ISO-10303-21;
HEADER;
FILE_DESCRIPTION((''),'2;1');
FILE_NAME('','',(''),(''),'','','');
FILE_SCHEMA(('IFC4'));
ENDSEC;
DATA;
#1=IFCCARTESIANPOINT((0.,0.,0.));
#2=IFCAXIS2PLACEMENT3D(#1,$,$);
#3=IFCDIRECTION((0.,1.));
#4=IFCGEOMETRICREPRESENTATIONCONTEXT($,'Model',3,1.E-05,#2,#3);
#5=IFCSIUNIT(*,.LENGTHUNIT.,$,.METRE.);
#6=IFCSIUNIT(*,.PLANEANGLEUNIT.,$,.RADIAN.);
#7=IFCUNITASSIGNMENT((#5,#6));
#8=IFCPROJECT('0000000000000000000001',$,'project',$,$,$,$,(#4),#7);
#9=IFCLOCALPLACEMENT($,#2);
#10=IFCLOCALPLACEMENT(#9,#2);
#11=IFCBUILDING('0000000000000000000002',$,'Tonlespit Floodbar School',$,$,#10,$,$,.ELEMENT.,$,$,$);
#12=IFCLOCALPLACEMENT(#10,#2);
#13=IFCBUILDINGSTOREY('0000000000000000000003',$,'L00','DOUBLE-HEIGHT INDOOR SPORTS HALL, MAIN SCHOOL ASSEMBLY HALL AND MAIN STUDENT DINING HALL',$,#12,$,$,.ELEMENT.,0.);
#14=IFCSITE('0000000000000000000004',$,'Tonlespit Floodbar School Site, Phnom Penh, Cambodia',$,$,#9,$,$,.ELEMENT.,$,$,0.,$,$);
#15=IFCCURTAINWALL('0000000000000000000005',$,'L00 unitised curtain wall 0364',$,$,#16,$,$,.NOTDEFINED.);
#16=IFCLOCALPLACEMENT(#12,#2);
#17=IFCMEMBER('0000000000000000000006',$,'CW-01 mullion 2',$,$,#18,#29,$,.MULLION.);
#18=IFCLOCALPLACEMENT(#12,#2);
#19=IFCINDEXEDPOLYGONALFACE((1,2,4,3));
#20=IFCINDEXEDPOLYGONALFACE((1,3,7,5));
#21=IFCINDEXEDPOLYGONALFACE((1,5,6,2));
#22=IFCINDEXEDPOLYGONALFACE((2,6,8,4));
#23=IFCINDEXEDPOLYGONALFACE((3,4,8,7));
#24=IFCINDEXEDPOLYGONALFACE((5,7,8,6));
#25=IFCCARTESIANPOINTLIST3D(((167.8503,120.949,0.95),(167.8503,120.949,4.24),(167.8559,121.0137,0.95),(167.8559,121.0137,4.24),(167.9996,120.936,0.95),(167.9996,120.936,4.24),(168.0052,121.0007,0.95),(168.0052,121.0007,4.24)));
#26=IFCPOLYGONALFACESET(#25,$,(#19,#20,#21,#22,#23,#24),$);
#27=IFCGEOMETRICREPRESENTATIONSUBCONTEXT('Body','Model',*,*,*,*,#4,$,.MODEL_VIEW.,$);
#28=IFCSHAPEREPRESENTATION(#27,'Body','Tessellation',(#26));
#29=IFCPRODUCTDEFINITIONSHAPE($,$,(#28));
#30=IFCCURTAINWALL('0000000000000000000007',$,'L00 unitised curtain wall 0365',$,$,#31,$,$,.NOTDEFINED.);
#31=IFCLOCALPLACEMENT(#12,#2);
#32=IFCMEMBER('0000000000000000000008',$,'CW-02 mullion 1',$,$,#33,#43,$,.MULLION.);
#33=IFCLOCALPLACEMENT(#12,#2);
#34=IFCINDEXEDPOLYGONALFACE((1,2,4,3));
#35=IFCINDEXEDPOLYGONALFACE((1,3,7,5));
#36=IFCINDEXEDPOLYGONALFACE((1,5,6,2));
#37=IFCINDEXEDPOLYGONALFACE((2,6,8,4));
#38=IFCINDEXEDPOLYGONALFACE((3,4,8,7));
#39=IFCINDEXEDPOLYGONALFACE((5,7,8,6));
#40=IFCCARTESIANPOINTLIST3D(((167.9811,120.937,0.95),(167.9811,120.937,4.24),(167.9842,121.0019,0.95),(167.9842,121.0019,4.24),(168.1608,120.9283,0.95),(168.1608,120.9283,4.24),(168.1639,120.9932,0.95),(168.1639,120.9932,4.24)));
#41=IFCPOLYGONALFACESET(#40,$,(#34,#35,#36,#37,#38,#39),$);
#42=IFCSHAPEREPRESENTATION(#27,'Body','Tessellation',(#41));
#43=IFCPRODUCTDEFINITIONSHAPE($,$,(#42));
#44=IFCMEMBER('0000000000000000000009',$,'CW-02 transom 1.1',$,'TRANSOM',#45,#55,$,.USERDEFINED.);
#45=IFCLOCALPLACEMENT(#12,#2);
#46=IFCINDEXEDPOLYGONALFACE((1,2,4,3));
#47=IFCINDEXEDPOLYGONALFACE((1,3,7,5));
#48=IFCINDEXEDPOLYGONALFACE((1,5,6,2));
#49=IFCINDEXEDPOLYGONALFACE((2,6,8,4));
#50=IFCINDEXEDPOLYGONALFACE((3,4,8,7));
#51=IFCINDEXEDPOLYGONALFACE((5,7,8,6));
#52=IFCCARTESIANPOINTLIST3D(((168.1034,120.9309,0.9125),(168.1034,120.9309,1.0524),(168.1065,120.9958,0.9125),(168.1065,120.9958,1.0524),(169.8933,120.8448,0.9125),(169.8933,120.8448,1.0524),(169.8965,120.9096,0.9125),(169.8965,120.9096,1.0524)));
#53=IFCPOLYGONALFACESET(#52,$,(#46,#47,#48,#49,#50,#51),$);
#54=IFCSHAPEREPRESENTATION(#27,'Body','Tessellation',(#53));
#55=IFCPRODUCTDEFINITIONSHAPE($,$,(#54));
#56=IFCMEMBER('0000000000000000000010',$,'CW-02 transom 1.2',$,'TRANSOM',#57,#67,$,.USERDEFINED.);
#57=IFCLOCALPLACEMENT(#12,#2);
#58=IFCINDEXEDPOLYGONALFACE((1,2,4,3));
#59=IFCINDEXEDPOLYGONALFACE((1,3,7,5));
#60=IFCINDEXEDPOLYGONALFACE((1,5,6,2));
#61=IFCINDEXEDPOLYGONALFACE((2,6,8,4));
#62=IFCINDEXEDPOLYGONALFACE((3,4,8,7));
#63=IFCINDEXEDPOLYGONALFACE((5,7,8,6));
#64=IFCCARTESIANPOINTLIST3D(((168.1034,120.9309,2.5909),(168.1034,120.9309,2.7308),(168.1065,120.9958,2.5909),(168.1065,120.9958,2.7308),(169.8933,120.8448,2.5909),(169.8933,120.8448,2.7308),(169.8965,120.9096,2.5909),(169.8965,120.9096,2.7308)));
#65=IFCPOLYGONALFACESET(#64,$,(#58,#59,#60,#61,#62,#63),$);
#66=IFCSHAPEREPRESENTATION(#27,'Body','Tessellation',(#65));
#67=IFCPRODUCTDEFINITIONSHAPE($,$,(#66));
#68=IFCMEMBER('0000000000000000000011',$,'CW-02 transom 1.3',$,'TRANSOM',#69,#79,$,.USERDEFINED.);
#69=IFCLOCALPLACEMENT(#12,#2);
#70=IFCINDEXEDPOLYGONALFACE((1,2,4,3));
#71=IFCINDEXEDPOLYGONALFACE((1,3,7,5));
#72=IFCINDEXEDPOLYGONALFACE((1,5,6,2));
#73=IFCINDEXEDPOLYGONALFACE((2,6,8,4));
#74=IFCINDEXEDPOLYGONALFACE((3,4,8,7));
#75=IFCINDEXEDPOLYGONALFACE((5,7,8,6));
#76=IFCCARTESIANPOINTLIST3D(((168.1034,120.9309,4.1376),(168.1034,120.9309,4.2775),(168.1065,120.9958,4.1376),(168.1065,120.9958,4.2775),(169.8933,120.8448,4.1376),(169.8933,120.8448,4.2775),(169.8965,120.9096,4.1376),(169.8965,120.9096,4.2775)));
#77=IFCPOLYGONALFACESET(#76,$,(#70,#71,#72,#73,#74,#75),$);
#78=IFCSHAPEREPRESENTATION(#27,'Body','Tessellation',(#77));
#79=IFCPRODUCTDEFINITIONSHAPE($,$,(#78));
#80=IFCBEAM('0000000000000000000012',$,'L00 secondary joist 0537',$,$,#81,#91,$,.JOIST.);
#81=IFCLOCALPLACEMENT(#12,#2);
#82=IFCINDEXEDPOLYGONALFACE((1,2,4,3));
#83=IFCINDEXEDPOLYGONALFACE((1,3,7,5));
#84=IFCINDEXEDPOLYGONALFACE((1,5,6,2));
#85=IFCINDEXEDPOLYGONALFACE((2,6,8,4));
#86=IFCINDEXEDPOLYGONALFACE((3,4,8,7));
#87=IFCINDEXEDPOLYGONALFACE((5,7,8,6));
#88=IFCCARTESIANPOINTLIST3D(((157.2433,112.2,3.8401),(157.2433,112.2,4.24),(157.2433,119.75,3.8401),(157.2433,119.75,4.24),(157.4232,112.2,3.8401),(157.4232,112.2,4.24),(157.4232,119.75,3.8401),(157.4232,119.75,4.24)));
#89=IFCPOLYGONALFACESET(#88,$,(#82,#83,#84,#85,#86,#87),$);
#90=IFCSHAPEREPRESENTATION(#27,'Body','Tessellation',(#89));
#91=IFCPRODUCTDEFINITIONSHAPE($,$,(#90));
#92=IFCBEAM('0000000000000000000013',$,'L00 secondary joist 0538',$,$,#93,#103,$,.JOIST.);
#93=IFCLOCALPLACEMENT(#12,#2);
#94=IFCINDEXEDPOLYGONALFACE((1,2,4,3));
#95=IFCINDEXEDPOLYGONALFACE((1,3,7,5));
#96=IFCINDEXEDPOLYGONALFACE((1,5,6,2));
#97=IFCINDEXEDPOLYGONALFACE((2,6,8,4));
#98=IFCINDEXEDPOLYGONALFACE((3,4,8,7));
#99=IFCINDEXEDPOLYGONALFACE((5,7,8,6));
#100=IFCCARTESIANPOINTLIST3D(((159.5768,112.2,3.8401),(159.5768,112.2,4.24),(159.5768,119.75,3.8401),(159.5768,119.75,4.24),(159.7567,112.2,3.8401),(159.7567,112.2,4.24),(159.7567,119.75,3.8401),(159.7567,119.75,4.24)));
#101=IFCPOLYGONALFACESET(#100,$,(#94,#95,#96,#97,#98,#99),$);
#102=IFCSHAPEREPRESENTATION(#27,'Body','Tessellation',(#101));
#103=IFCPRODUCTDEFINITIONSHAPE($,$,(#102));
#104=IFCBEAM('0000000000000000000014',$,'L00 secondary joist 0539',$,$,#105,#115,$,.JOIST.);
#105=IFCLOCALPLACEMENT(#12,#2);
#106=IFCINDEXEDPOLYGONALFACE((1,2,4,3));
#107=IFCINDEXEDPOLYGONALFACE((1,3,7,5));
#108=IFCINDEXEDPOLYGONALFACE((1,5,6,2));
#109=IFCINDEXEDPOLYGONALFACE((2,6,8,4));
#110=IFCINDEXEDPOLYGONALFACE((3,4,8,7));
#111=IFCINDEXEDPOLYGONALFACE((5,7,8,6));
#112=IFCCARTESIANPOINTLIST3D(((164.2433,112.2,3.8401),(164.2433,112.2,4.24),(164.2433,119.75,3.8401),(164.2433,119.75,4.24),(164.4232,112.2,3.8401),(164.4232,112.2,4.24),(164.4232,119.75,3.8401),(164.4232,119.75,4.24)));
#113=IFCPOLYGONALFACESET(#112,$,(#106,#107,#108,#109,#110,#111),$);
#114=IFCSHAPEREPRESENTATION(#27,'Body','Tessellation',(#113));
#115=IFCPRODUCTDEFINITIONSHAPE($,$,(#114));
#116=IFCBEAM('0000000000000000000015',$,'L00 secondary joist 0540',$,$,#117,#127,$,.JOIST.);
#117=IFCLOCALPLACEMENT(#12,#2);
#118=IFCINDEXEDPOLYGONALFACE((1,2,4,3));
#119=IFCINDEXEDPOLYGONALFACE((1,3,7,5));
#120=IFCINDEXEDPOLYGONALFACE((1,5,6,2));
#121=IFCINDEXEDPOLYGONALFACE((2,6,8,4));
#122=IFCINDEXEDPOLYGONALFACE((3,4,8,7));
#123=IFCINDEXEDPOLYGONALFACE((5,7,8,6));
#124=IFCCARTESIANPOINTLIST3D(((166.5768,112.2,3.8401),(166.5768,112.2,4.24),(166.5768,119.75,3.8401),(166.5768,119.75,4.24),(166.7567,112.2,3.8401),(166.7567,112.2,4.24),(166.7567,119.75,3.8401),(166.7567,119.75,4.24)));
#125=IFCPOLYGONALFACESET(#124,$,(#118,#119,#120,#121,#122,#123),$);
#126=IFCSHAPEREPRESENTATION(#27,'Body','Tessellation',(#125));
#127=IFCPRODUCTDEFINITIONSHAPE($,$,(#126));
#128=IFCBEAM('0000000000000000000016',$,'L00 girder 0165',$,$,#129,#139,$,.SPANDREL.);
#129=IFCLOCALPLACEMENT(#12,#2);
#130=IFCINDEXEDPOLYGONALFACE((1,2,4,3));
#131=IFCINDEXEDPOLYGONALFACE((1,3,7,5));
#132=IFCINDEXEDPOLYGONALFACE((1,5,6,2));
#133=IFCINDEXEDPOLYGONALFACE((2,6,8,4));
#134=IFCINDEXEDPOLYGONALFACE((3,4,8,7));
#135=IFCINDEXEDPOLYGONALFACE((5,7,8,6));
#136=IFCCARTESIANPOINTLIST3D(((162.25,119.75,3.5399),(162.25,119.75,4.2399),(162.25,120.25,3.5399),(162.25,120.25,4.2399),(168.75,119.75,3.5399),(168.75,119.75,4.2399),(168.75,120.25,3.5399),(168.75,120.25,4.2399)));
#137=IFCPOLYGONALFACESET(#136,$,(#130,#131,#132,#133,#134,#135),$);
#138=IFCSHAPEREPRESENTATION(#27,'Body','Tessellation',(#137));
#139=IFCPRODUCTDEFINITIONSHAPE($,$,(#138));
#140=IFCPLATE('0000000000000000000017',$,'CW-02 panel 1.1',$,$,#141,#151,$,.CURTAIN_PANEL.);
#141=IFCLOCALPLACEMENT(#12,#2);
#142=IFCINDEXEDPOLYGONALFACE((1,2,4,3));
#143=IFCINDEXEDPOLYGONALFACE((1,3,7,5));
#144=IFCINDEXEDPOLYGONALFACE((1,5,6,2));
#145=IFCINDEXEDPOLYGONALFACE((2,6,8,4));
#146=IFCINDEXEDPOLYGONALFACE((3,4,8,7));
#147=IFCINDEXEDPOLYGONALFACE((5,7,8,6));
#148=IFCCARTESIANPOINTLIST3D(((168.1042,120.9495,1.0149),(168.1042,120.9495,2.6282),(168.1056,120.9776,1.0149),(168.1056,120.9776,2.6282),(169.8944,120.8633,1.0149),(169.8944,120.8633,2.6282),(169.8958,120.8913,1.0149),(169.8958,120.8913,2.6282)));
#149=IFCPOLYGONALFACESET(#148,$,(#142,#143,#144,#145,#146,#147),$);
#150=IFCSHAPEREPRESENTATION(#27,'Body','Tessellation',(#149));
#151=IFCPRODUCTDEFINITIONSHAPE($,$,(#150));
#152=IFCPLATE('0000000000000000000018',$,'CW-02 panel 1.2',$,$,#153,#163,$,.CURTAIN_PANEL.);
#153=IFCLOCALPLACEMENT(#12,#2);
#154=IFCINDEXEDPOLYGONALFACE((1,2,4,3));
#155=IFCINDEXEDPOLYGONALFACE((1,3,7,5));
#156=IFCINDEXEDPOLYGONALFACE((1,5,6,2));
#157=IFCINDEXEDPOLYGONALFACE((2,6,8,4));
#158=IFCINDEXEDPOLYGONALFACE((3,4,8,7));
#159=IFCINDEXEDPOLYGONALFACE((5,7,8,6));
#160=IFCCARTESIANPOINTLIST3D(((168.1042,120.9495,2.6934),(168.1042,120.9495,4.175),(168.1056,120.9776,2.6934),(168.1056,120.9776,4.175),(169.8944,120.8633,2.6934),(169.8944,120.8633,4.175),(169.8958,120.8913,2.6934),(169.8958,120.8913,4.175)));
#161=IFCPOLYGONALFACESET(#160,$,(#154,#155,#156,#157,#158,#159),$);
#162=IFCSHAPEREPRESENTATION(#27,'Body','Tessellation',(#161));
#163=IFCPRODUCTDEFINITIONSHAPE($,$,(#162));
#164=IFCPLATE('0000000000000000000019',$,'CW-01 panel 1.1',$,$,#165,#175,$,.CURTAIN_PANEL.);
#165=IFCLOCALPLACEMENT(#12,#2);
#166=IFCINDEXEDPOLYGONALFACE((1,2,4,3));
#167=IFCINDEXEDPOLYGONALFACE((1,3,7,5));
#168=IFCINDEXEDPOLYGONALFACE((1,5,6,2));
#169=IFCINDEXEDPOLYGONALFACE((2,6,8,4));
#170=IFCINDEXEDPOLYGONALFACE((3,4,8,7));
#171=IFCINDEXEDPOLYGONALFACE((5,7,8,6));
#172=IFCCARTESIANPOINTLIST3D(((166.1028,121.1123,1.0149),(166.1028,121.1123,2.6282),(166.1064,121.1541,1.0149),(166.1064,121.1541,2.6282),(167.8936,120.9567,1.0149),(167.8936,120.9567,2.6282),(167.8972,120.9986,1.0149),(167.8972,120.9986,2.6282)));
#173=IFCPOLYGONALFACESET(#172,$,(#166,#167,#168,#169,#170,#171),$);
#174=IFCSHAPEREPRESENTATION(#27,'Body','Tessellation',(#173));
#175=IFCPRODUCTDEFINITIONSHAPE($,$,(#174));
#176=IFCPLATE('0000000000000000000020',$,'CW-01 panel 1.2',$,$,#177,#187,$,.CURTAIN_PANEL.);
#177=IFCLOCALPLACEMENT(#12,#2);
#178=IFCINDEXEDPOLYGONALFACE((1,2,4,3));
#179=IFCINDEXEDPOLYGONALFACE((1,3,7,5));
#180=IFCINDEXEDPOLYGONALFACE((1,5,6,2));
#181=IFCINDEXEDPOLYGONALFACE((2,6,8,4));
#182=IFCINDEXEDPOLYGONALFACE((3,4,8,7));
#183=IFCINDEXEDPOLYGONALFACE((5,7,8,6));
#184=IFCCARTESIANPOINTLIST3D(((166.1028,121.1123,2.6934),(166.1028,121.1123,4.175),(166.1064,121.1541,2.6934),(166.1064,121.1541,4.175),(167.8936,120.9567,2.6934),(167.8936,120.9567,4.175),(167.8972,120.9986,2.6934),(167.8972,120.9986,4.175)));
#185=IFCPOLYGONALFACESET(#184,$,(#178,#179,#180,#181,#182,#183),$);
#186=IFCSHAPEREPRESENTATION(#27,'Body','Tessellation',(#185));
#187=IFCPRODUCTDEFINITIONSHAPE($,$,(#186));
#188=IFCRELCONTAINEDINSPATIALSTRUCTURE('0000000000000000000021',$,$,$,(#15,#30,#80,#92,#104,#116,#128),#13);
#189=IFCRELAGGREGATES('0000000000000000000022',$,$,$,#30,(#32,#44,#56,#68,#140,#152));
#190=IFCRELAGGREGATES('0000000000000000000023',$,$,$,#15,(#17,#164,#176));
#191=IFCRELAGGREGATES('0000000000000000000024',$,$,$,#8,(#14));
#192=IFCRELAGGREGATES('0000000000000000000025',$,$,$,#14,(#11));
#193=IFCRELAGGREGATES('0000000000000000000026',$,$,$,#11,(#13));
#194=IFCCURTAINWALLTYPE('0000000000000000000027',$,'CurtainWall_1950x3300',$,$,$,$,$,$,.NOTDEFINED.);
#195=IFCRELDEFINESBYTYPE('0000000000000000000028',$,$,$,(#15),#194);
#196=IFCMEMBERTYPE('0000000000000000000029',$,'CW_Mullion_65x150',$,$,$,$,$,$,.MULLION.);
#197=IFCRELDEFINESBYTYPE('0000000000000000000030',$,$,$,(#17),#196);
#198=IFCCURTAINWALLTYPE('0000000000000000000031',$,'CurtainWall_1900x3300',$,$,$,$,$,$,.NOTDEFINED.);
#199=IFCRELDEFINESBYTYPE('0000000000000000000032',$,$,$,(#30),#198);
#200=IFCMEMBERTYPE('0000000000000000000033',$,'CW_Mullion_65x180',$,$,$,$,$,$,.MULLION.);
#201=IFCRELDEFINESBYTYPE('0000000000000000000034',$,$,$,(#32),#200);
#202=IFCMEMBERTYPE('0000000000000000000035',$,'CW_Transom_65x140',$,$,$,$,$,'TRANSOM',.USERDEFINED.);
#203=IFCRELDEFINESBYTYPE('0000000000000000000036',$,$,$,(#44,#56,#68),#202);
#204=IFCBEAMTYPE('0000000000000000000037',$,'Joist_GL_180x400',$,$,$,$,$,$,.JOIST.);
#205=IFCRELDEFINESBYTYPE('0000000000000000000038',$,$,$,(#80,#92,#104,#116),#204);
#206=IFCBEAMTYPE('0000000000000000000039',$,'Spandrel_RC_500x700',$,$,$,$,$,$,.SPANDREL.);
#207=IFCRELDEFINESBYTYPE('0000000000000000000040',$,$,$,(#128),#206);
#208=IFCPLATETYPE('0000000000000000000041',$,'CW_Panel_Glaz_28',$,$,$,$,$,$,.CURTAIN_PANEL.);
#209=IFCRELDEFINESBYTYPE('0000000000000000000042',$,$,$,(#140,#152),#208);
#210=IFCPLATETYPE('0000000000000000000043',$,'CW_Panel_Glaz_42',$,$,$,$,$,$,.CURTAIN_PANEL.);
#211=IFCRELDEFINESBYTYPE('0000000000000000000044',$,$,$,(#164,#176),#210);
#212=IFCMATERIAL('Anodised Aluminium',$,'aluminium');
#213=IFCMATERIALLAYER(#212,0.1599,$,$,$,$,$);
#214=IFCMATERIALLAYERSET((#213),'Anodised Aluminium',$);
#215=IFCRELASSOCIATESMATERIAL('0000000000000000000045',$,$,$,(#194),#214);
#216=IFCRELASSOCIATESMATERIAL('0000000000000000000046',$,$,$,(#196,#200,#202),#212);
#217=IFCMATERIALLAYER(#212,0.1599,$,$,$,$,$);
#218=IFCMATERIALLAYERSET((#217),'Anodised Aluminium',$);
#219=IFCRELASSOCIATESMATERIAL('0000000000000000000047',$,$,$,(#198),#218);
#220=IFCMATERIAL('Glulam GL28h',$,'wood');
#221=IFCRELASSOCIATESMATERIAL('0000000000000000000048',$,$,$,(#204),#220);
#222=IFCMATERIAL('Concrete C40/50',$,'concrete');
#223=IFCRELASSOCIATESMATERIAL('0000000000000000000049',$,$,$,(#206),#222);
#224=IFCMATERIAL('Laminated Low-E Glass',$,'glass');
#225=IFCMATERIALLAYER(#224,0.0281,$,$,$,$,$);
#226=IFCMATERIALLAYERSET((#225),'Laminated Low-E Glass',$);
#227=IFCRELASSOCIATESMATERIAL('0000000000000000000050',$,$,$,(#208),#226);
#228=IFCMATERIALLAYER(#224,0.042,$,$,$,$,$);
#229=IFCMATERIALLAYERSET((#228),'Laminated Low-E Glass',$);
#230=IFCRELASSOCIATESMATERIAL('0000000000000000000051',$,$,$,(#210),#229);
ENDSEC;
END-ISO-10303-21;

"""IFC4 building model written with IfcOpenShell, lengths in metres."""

from ifc_helpers import new_model, si_unit, direction, frame, origin, origin_2d, place, context, subcontext, project, spatial, rectangle, extrude, material, layer, layer_set, material_profile, profile_set, type_object, element, aggregate, save


model = new_model("IFC4")

# Units and contexts
model_context = context("Model", 3, precision=1e-05, world=origin(), true_north=direction((0.0, 1.0)))
body_context = subcontext(model_context, "Body", "Model", "MODEL_VIEW")
ifc_project = project(units=[si_unit("LENGTHUNIT", "METRE"), si_unit("PLANEANGLEUNIT", "RADIAN")], contexts=[model_context])

# Site, building, storey
site_placement = place(None, origin())
site = spatial("IfcSite", under=ifc_project, at=site_placement, Name="Tonlespit Floodbar School Site, Phnom Penh, Cambodia", CompositionType="ELEMENT", RefElevation=0.0)
building_placement = place(site_placement, origin())
building = spatial("IfcBuilding", under=site, at=building_placement, Name="Tonlespit Floodbar School", CompositionType="ELEMENT")
storey_placement = place(building_placement, origin())
storey = spatial("IfcBuildingStorey", under=building, at=storey_placement, Name="L00", Description="DOUBLE-HEIGHT INDOOR SPORTS HALL, MAIN SCHOOL ASSEMBLY HALL AND MAIN STUDENT DINING HALL", CompositionType="ELEMENT", Elevation=0.0)

# Shared definitions
ifc_material_1 = material(Name="Concrete C40/50", Category="concrete")

# Curtain wall, member
ifc_material_2 = material(Name="Anodised Aluminium", Category="aluminium")
ifc_layer_1 = layer(ifc_material_2, 0.1599)
ifc_layer_set_1 = layer_set([ifc_layer_1], Name="Anodised Aluminium")
curtain_wall_type_1 = type_object("IfcCurtainWallType", Name="CurtainWall_1950x3300", PredefinedType="NOTDEFINED", material=ifc_layer_set_1)
curtain_wall_1_placement = place(storey_placement, origin())
curtain_wall_1 = element("IfcCurtainWall", 1, at=curtain_wall_1_placement, inside=storey, type_object=curtain_wall_type_1, Name="L00 unitised curtain wall 0364", PredefinedType="NOTDEFINED")
ifc_material_profile_1 = material_profile(ifc_material_2, rectangle(XDim=0.0649, YDim=0.1499, at=origin_2d()), Name="ALU M65x150")
ifc_profile_set_1 = profile_set([ifc_material_profile_1], Name="Anodised Aluminium")
member_type_1 = type_object("IfcMemberType", Name="CW_Mullion_65x150", PredefinedType="MULLION", material=ifc_profile_set_1)
member_1_placement = place(storey_placement, frame((167.9277, 120.9749, 0.95), z_axis=(0.0, 0.0, 1.0), x_axis=(0.086531, 0.996249, 0.0)))
member_1 = element("IfcMember", 2, at=member_1_placement, type_object=member_type_1, Name="CW-01 mullion 2", PredefinedType="MULLION", context=body_context, shape_type="SweptSolid", body=[
    extrude(rectangle(XDim=0.0649, YDim=0.1499, at=origin_2d()), origin(), (0.0, 0.0, 1.0), 3.29),
])

# Curtain wall, members
ifc_layer_2 = layer(ifc_material_2, 0.1599)
ifc_layer_set_2 = layer_set([ifc_layer_2], Name="Anodised Aluminium")
curtain_wall_type_2 = type_object("IfcCurtainWallType", Name="CurtainWall_1900x3300", PredefinedType="NOTDEFINED", material=ifc_layer_set_2)
curtain_wall_2_placement = place(storey_placement, origin())
curtain_wall_2 = element("IfcCurtainWall", 3, at=curtain_wall_2_placement, inside=storey, type_object=curtain_wall_type_2, Name="L00 unitised curtain wall 0365", PredefinedType="NOTDEFINED")
ifc_material_profile_2 = material_profile(ifc_material_2, rectangle(XDim=0.0649, YDim=0.1799, at=origin_2d()), Name="ALU M65x180")
ifc_profile_set_2 = profile_set([ifc_material_profile_2], Name="Anodised Aluminium")
member_type_2 = type_object("IfcMemberType", Name="CW_Mullion_65x180", PredefinedType="MULLION", material=ifc_profile_set_2)
member_2_placement = place(storey_placement, frame((168.0725, 120.9651, 0.95), z_axis=(0.0, 0.0, 1.0), x_axis=(0.048121, 0.998842, 0.0)))
member_2 = element("IfcMember", 4, at=member_2_placement, type_object=member_type_2, Name="CW-02 mullion 1", PredefinedType="MULLION", context=body_context, shape_type="SweptSolid", body=[
    extrude(rectangle(XDim=0.0649, YDim=0.1799, at=origin_2d()), origin(), (0.0, 0.0, 1.0), 3.29),
])
ifc_material_profile_3 = material_profile(ifc_material_2, rectangle(XDim=0.0649, YDim=0.1399, at=origin_2d()), Name="ALU T65x140")
ifc_profile_set_3 = profile_set([ifc_material_profile_3], Name="Anodised Aluminium")
member_type_3 = type_object("IfcMemberType", Name="CW_Transom_65x140", ElementType="TRANSOM", PredefinedType="USERDEFINED", material=ifc_profile_set_3)
member_3_placement = place(storey_placement, frame((168.105, 120.9634, 0.9824), z_axis=(0.998843, -0.048089, 0.0), x_axis=(0.048089, 0.998843, 0.0)))
member_3 = element("IfcMember", 5, at=member_3_placement, type_object=member_type_3, Name="CW-02 transom 1.1", ObjectType="TRANSOM", PredefinedType="USERDEFINED", context=body_context, shape_type="SweptSolid", body=[
    extrude(rectangle(XDim=0.0649, YDim=0.1399, at=origin_2d()), origin(), (0.0, 0.0, 1.0), 1.792),
])
member_4_placement = place(storey_placement, frame((168.105, 120.9634, 2.6609), z_axis=(0.998843, -0.048089, 0.0), x_axis=(0.048089, 0.998843, 0.0)))
member_4 = element("IfcMember", 6, at=member_4_placement, type_object=member_type_3, Name="CW-02 transom 1.2", ObjectType="TRANSOM", PredefinedType="USERDEFINED", context=body_context, shape_type="SweptSolid", body=[
    extrude(rectangle(XDim=0.0649, YDim=0.1399, at=origin_2d()), origin(), (0.0, 0.0, 1.0), 1.792),
])
member_5_placement = place(storey_placement, frame((168.105, 120.9634, 4.2075), z_axis=(0.998843, -0.048089, 0.0), x_axis=(0.048089, 0.998843, 0.0)))
member_5 = element("IfcMember", 7, at=member_5_placement, type_object=member_type_3, Name="CW-02 transom 1.3", ObjectType="TRANSOM", PredefinedType="USERDEFINED", context=body_context, shape_type="SweptSolid", body=[
    extrude(rectangle(XDim=0.0649, YDim=0.1399, at=origin_2d()), origin(), (0.0, 0.0, 1.0), 1.792),
])

# Beams
ifc_material_3 = material(Name="Glulam GL28h", Category="wood")
ifc_material_profile_4 = material_profile(ifc_material_3, rectangle(XDim=0.1799, YDim=0.3999, at=origin_2d()), Name="GL 180x400")
ifc_profile_set_4 = profile_set([ifc_material_profile_4], Name="Glulam GL28h")
beam_type_1 = type_object("IfcBeamType", Name="Joist_GL_180x400", PredefinedType="JOIST", material=ifc_profile_set_4)
for number, where, z_axis, x_axis, name in (
    (8, (157.3333, 112.2, 4.04), (0.0, 1.0, 0.0), (-1.0, 0.0, 0.0), "L00 secondary joist 0537"),
    (9, (159.6667, 112.2, 4.04), (0.0, 1.0, 0.0), (-1.0, 0.0, 0.0), "L00 secondary joist 0538"),
    (10, (164.3333, 112.2, 4.04), (0.0, 1.0, 0.0), (-1.0, 0.0, 0.0), "L00 secondary joist 0539"),
    (11, (166.6667, 112.2, 4.04), (0.0, 1.0, 0.0), (-1.0, 0.0, 0.0), "L00 secondary joist 0540"),
):
    element("IfcBeam", number, at=place(storey_placement, frame(where, z_axis=z_axis, x_axis=x_axis)), inside=storey, type_object=beam_type_1, Name=name, PredefinedType="JOIST", context=body_context, shape_type="SweptSolid", body=[
        extrude(rectangle(XDim=0.1799, YDim=0.3999, at=origin_2d()), origin(), (0.0, 0.0, 1.0), 7.55),
    ])
ifc_material_profile_5 = material_profile(ifc_material_1, rectangle(XDim=0.5, YDim=0.7, at=origin_2d()), Name="RC 500x700")
ifc_profile_set_5 = profile_set([ifc_material_profile_5], Name="Concrete C40/50")
beam_type_2 = type_object("IfcBeamType", Name="Spandrel_RC_500x700", PredefinedType="SPANDREL", material=ifc_profile_set_5)
beam_1_placement = place(storey_placement, frame((162.25, 120.0, 3.8899), z_axis=(1.0, 0.0, 0.0), x_axis=(0.0, 1.0, 0.0)))
element("IfcBeam", 12, at=beam_1_placement, inside=storey, type_object=beam_type_2, Name="L00 girder 0165", PredefinedType="SPANDREL", context=body_context, shape_type="SweptSolid", body=[
    extrude(rectangle(XDim=0.5, YDim=0.7, at=origin_2d()), origin(), (0.0, 0.0, 1.0), 6.5),
])

# Plates
ifc_material_4 = material(Name="Laminated Low-E Glass", Category="glass")
ifc_layer_3 = layer(ifc_material_4, 0.0281)
ifc_layer_set_3 = layer_set([ifc_layer_3], Name="Laminated Low-E Glass")
plate_type_1 = type_object("IfcPlateType", Name="CW_Panel_Glaz_28", PredefinedType="CURTAIN_PANEL", material=ifc_layer_set_3)
plate_1_placement = place(storey_placement, frame((169.0, 120.9204, 1.0149), z_axis=(0.0, 0.0, 1.0), x_axis=(0.998842, -0.048121, 0.0)))
plate_1 = element("IfcPlate", 13, at=plate_1_placement, type_object=plate_type_1, Name="CW-02 panel 1.1", PredefinedType="CURTAIN_PANEL", context=body_context, shape_type="SweptSolid", body=[
    extrude(rectangle(XDim=1.7922, YDim=0.0281, at=origin_2d()), origin(), (0.0, 0.0, 1.0), 1.6133),
])
plate_2_placement = place(storey_placement, frame((169.0, 120.9204, 2.6934), z_axis=(0.0, 0.0, 1.0), x_axis=(0.998842, -0.048121, 0.0)))
plate_2 = element("IfcPlate", 14, at=plate_2_placement, type_object=plate_type_1, Name="CW-02 panel 1.2", PredefinedType="CURTAIN_PANEL", context=body_context, shape_type="SweptSolid", body=[
    extrude(rectangle(XDim=1.7922, YDim=0.0281, at=origin_2d()), origin(), (0.0, 0.0, 1.0), 1.4817),
])
aggregate(curtain_wall_2, [member_2, member_3, member_4, member_5, plate_1, plate_2])
ifc_layer_4 = layer(ifc_material_4, 0.042)
ifc_layer_set_4 = layer_set([ifc_layer_4], Name="Laminated Low-E Glass")
plate_type_2 = type_object("IfcPlateType", Name="CW_Panel_Glaz_42", PredefinedType="CURTAIN_PANEL", material=ifc_layer_set_4)
plate_3_placement = place(storey_placement, frame((167.0, 121.0554, 1.0149), z_axis=(0.0, 0.0, 1.0), x_axis=(0.996249, -0.086531, 0.0)))
plate_3 = element("IfcPlate", 15, at=plate_3_placement, type_object=plate_type_2, Name="CW-01 panel 1.1", PredefinedType="CURTAIN_PANEL", context=body_context, shape_type="SweptSolid", body=[
    extrude(rectangle(XDim=1.7976, YDim=0.042, at=origin_2d()), origin(), (0.0, 0.0, 1.0), 1.6133),
])
plate_4_placement = place(storey_placement, frame((167.0, 121.0554, 2.6934), z_axis=(0.0, 0.0, 1.0), x_axis=(0.996249, -0.086531, 0.0)))
plate_4 = element("IfcPlate", 16, at=plate_4_placement, type_object=plate_type_2, Name="CW-01 panel 1.2", PredefinedType="CURTAIN_PANEL", context=body_context, shape_type="SweptSolid", body=[
    extrude(rectangle(XDim=1.7976, YDim=0.042, at=origin_2d()), origin(), (0.0, 0.0, 1.0), 1.4817),
])
aggregate(curtain_wall_1, [member_1, plate_3, plate_4])

save(model, "model.ifc")
